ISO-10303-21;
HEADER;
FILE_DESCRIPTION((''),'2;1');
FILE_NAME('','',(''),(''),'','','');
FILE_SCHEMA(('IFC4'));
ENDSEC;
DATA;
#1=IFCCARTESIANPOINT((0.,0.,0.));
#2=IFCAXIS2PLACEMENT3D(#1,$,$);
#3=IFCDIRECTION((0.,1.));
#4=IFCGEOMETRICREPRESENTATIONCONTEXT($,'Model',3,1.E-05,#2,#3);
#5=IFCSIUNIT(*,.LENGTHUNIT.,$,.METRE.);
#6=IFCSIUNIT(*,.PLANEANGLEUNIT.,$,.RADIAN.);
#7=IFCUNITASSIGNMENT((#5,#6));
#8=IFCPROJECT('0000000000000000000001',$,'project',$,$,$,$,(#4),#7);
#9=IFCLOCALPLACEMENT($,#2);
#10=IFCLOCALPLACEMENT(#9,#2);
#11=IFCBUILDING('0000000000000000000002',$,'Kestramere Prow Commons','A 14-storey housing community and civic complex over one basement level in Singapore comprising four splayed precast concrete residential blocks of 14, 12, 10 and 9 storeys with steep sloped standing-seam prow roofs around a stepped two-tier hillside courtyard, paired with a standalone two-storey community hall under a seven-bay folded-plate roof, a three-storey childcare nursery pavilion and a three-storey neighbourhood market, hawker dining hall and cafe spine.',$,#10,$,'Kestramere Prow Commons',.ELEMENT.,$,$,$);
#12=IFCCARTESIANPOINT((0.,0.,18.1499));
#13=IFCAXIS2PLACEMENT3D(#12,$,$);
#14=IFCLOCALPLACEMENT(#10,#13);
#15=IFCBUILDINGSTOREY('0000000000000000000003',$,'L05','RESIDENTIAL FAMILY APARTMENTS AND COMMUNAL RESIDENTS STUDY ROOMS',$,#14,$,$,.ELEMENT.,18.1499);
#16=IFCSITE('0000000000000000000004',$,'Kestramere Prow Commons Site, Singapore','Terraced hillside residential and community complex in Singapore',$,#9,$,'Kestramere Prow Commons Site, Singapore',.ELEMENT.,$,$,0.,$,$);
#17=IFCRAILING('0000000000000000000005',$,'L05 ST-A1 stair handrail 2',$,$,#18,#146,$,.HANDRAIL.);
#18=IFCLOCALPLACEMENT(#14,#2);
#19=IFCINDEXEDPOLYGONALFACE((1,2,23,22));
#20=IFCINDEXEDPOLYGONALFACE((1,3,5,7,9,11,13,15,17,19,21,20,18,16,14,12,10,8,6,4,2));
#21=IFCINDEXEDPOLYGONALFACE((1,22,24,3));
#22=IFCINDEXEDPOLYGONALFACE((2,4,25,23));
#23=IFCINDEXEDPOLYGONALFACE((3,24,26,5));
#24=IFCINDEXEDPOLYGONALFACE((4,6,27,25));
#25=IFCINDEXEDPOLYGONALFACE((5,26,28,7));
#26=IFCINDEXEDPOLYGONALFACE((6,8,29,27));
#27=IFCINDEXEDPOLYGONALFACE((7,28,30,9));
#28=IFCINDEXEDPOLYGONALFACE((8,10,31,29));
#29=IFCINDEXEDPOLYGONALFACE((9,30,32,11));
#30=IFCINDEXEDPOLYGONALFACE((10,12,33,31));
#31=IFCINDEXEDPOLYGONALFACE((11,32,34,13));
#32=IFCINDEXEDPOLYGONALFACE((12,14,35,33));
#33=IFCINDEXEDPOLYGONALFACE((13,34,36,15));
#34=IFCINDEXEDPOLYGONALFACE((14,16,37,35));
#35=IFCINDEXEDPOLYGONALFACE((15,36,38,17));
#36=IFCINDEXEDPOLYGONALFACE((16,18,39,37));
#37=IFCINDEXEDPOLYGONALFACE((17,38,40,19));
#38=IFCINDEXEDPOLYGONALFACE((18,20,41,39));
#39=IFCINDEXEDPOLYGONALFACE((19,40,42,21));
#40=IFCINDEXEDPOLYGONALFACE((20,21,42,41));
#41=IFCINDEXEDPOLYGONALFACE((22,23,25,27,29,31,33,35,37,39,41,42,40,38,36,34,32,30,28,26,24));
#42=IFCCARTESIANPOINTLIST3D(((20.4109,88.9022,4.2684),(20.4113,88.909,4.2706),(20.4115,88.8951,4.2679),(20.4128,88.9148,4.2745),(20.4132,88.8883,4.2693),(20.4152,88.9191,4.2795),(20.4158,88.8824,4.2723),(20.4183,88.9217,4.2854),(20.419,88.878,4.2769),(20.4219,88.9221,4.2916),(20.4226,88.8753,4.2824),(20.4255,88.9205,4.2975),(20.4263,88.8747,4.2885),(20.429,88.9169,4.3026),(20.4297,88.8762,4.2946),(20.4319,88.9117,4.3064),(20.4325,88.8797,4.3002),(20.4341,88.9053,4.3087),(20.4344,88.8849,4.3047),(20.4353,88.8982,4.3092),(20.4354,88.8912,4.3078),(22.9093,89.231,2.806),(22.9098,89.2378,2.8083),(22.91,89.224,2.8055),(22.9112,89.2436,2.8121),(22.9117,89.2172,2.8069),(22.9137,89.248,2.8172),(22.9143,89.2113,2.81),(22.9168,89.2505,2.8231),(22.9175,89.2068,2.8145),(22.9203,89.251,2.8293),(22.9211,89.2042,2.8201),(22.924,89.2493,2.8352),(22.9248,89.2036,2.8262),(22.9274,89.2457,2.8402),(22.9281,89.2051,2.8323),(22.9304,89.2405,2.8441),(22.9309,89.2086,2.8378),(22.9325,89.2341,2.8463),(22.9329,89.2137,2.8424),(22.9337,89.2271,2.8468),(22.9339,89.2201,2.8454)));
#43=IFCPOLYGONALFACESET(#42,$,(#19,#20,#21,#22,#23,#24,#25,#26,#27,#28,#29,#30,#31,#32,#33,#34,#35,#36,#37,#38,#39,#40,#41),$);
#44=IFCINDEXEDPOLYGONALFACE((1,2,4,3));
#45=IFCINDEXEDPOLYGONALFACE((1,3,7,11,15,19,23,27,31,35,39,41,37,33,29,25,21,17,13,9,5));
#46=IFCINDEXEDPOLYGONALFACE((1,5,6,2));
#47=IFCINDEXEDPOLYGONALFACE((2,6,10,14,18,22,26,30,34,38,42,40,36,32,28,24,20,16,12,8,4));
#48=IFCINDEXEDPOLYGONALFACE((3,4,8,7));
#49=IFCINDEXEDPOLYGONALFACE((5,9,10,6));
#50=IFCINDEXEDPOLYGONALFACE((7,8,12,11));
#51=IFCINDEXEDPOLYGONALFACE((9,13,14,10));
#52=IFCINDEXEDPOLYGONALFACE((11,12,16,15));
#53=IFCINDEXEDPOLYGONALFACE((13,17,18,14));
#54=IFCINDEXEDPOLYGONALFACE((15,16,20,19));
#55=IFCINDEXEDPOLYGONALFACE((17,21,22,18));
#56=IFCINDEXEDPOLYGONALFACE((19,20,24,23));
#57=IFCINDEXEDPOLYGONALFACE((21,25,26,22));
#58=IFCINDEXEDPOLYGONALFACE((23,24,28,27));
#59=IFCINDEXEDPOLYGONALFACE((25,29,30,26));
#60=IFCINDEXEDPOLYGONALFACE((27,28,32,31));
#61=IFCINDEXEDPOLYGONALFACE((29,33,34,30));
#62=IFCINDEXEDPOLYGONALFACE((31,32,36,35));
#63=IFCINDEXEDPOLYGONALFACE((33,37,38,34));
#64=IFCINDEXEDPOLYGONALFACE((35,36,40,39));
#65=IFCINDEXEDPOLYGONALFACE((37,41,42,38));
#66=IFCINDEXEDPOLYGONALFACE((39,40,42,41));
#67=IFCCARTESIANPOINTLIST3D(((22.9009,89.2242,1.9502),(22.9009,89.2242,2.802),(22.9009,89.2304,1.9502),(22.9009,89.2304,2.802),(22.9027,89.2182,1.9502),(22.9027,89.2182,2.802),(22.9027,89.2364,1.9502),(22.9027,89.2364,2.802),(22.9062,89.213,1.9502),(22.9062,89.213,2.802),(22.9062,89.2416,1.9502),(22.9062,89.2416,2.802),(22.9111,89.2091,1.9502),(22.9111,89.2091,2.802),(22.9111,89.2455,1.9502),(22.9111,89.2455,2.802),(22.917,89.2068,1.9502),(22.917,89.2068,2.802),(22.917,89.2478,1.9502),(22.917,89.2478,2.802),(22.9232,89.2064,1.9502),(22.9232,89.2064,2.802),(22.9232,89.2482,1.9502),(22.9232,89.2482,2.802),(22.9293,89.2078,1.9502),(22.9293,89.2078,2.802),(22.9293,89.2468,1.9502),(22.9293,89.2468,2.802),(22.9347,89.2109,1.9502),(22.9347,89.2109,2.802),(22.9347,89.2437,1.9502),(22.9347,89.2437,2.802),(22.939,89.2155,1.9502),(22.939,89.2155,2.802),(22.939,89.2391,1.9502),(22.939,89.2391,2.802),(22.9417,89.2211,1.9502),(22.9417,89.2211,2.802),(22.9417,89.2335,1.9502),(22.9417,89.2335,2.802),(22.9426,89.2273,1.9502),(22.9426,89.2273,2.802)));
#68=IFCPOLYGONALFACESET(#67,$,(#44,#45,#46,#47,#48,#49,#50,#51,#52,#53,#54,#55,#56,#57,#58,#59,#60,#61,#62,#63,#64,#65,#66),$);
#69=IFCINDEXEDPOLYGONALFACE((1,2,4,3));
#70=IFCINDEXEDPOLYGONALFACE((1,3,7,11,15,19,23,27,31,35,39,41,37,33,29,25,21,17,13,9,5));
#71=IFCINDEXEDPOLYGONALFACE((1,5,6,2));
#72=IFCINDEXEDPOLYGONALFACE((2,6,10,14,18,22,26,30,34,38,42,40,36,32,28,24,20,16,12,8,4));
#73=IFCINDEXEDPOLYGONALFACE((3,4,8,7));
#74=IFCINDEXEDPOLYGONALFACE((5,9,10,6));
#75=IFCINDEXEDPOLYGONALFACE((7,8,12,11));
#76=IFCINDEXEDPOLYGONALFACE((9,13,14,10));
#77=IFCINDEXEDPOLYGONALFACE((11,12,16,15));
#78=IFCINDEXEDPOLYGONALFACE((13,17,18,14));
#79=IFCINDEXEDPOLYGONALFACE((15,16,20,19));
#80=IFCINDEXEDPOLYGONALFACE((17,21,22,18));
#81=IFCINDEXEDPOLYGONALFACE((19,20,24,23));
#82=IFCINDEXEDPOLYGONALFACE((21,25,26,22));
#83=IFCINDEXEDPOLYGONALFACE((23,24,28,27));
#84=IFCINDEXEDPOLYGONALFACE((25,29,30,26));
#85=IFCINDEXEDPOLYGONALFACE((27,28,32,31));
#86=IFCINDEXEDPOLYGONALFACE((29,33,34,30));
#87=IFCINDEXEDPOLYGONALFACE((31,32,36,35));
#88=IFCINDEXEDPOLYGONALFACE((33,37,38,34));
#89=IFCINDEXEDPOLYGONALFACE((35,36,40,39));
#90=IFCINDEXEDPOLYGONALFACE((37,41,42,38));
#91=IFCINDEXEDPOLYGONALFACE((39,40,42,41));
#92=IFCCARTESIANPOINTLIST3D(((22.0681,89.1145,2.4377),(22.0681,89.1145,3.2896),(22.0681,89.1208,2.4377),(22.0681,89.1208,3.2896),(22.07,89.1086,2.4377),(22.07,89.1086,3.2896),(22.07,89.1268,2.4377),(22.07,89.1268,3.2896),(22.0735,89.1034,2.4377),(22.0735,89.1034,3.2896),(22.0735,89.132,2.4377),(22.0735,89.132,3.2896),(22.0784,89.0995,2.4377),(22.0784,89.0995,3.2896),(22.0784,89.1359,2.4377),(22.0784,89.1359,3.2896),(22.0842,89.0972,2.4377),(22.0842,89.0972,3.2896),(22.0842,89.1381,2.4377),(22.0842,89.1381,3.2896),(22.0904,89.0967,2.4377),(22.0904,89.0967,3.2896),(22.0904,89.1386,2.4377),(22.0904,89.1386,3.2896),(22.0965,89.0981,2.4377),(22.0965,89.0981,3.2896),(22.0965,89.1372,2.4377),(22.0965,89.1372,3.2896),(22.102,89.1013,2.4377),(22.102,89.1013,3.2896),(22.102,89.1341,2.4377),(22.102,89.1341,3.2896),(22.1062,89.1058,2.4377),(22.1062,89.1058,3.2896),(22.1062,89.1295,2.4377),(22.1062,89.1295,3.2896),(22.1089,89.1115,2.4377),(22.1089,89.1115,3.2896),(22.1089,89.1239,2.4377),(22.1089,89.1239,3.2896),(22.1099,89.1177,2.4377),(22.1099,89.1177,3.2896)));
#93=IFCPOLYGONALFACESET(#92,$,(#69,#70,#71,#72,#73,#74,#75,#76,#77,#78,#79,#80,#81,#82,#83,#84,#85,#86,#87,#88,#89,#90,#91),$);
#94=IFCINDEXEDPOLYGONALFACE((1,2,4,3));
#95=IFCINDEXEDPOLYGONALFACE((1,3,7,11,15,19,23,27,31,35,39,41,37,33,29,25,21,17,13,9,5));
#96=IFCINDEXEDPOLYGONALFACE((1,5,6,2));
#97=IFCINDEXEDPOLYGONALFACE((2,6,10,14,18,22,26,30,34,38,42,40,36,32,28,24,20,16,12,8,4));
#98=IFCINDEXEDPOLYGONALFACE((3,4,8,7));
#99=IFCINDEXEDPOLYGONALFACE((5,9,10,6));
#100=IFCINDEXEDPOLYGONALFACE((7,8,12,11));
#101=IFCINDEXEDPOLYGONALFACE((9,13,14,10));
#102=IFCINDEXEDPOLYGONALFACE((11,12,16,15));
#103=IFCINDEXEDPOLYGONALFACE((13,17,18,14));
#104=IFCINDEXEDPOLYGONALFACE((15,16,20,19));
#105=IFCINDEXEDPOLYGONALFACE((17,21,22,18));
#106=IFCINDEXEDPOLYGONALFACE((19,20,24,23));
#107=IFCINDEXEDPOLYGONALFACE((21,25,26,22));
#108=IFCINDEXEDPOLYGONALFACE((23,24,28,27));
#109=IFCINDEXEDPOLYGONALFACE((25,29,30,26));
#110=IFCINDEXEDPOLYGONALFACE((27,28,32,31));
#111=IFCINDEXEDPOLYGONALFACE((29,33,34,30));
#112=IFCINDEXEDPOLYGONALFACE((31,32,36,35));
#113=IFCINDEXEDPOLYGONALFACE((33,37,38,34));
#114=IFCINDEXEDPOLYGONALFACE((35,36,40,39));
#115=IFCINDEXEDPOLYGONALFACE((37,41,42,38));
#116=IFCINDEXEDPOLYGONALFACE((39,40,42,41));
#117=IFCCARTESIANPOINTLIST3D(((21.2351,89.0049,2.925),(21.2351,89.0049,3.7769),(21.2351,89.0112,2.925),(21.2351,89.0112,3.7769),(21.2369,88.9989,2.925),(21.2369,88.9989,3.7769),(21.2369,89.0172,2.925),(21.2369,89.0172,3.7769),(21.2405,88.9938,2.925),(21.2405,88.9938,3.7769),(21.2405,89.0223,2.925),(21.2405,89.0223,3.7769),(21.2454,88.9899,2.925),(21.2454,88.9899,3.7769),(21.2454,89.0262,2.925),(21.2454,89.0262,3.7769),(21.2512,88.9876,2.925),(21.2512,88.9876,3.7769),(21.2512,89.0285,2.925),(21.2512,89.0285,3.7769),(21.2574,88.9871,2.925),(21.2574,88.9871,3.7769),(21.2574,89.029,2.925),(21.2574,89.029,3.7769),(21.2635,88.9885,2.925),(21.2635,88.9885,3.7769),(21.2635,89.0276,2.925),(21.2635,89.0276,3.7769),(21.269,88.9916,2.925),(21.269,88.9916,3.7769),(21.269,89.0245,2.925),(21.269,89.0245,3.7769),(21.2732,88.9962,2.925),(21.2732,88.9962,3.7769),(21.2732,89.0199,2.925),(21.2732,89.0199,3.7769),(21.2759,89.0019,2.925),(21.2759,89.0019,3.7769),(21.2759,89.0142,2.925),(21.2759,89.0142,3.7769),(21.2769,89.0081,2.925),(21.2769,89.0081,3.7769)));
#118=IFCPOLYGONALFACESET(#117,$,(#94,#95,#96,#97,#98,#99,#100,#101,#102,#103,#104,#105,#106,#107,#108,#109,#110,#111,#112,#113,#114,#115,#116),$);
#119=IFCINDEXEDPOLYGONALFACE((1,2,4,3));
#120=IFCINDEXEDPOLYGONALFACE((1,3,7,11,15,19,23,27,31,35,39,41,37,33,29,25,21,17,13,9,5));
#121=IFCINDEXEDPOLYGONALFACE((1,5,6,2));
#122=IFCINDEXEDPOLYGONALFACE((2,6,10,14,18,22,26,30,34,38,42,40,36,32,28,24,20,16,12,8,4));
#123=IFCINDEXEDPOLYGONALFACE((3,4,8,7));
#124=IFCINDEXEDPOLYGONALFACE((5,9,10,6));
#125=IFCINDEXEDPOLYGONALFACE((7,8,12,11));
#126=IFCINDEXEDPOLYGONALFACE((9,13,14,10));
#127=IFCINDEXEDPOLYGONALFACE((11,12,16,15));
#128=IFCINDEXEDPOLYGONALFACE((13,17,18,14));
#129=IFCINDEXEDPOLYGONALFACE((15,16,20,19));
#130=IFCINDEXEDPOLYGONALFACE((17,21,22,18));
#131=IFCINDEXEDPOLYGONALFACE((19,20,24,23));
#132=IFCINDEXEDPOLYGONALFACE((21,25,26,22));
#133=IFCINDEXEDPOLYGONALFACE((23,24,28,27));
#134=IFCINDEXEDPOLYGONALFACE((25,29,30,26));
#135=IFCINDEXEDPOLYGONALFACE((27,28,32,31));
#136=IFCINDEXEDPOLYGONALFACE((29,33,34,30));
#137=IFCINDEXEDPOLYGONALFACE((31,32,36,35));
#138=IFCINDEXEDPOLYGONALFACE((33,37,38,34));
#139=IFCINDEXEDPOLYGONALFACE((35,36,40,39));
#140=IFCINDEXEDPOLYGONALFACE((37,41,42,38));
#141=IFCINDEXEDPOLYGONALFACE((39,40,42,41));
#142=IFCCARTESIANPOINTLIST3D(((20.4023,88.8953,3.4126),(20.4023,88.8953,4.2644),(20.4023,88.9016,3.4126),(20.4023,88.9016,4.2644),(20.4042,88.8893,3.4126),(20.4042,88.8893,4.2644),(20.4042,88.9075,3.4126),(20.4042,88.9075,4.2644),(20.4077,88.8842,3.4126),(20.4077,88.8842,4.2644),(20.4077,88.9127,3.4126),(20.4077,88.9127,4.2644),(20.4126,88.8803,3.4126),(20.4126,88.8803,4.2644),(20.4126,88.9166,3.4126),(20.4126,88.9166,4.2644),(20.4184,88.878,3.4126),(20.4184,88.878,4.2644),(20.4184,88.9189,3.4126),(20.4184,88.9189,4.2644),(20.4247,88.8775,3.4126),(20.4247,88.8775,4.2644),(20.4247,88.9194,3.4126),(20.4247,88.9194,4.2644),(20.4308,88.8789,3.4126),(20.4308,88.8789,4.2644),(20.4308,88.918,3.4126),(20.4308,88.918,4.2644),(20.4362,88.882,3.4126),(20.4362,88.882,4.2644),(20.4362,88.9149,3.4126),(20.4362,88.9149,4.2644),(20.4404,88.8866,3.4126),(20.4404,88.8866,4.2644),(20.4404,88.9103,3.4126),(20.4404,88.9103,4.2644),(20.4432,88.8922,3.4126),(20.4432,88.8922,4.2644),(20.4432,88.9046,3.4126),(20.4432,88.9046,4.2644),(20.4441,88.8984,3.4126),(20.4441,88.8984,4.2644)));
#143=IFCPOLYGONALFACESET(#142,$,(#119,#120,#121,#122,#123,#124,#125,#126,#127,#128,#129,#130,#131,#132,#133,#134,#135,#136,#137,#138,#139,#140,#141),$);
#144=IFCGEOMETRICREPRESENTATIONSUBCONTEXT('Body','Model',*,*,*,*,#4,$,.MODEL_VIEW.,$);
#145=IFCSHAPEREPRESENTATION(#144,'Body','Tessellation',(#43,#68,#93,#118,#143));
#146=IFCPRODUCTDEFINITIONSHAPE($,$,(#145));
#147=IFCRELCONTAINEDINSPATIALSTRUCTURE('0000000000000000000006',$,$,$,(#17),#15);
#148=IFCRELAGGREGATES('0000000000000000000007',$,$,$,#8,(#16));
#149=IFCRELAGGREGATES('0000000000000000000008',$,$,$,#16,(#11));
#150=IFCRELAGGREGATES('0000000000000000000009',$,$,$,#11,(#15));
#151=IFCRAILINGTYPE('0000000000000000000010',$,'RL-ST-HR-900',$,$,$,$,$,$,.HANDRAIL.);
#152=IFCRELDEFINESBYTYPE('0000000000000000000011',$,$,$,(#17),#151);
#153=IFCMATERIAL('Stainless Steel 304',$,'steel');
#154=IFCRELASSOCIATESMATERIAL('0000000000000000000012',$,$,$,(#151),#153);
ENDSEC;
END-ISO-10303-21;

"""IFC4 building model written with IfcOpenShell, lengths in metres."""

from ifc_helpers import new_model, si_unit, direction, frame, origin, origin_2d, place, context, subcontext, project, spatial, circle, extrude, material, type_object, element, save


model = new_model("IFC4")

# Units and contexts
model_context = context("Model", 3, precision=1e-05, world=origin(), true_north=direction((0.0, 1.0)))
body_context = subcontext(model_context, "Body", "Model", "MODEL_VIEW")
ifc_project = project(units=[si_unit("LENGTHUNIT", "METRE"), si_unit("PLANEANGLEUNIT", "RADIAN")], contexts=[model_context])

# Site, building, storey
site_placement = place(None, origin())
site = spatial("IfcSite", under=ifc_project, at=site_placement, Name="Kestramere Prow Commons Site, Singapore", Description="Terraced hillside residential and community complex in Singapore", LongName="Kestramere Prow Commons Site, Singapore", CompositionType="ELEMENT", RefElevation=0.0)
building_placement = place(site_placement, origin())
building = spatial("IfcBuilding", under=site, at=building_placement, Name="Kestramere Prow Commons", Description="A 14-storey housing community and civic complex over one basement level in Singapore comprising four splayed precast concrete residential blocks of 14, 12, 10 and 9 storeys with steep sloped standing-seam prow roofs around a stepped two-tier hillside courtyard, paired with a standalone two-storey community hall under a seven-bay folded-plate roof, a three-storey childcare nursery pavilion and a three-storey neighbourhood market, hawker dining hall and cafe spine.", LongName="Kestramere Prow Commons", CompositionType="ELEMENT")
storey_placement = place(building_placement, frame((0.0, 0.0, 18.1499)))
storey = spatial("IfcBuildingStorey", under=building, at=storey_placement, Name="L05", Description="RESIDENTIAL FAMILY APARTMENTS AND COMMUNAL RESIDENTS STUDY ROOMS", CompositionType="ELEMENT", Elevation=18.1499)

# Railing
ifc_material_1 = material(Name="Stainless Steel 304", Category="steel")
railing_type_1 = type_object("IfcRailingType", Name="RL-ST-HR-900", PredefinedType="HANDRAIL", material=ifc_material_1)
railing_1_placement = place(storey_placement, frame((22.9216, 89.2273, 1.9502)))
element("IfcRailing", 1, at=railing_1_placement, inside=storey, type_object=railing_type_1, Name="L05 ST-A1 stair handrail 2", PredefinedType="HANDRAIL", context=body_context, shape_type="SweptSolid", body=[
    extrude(circle(Radius=0.0239, at=origin_2d()), frame((0.0, 0.0, 0.876), z_axis=(-0.857523, -0.112867, 0.501912), x_axis=(0.130495, -0.991449, 0.0)), (0.0, 0.0, 1.0), 2.9136),
    extrude(circle(Radius=0.021, at=origin_2d()), origin(), (0.0, 0.0, 1.0), 0.8518),
    extrude(circle(Radius=0.021, at=origin_2d()), frame((-0.8328, -0.1096, 0.4875)), (0.0, 0.0, 1.0), 0.8518),
    extrude(circle(Radius=0.021, at=origin_2d()), frame((-1.6658, -0.2192, 0.9749)), (0.0, 0.0, 1.0), 0.8518),
    extrude(circle(Radius=0.021, at=origin_2d()), frame((-2.4985, -0.3289, 1.4624)), (0.0, 0.0, 1.0), 0.8518),
])

save(model, "model.ifc")
